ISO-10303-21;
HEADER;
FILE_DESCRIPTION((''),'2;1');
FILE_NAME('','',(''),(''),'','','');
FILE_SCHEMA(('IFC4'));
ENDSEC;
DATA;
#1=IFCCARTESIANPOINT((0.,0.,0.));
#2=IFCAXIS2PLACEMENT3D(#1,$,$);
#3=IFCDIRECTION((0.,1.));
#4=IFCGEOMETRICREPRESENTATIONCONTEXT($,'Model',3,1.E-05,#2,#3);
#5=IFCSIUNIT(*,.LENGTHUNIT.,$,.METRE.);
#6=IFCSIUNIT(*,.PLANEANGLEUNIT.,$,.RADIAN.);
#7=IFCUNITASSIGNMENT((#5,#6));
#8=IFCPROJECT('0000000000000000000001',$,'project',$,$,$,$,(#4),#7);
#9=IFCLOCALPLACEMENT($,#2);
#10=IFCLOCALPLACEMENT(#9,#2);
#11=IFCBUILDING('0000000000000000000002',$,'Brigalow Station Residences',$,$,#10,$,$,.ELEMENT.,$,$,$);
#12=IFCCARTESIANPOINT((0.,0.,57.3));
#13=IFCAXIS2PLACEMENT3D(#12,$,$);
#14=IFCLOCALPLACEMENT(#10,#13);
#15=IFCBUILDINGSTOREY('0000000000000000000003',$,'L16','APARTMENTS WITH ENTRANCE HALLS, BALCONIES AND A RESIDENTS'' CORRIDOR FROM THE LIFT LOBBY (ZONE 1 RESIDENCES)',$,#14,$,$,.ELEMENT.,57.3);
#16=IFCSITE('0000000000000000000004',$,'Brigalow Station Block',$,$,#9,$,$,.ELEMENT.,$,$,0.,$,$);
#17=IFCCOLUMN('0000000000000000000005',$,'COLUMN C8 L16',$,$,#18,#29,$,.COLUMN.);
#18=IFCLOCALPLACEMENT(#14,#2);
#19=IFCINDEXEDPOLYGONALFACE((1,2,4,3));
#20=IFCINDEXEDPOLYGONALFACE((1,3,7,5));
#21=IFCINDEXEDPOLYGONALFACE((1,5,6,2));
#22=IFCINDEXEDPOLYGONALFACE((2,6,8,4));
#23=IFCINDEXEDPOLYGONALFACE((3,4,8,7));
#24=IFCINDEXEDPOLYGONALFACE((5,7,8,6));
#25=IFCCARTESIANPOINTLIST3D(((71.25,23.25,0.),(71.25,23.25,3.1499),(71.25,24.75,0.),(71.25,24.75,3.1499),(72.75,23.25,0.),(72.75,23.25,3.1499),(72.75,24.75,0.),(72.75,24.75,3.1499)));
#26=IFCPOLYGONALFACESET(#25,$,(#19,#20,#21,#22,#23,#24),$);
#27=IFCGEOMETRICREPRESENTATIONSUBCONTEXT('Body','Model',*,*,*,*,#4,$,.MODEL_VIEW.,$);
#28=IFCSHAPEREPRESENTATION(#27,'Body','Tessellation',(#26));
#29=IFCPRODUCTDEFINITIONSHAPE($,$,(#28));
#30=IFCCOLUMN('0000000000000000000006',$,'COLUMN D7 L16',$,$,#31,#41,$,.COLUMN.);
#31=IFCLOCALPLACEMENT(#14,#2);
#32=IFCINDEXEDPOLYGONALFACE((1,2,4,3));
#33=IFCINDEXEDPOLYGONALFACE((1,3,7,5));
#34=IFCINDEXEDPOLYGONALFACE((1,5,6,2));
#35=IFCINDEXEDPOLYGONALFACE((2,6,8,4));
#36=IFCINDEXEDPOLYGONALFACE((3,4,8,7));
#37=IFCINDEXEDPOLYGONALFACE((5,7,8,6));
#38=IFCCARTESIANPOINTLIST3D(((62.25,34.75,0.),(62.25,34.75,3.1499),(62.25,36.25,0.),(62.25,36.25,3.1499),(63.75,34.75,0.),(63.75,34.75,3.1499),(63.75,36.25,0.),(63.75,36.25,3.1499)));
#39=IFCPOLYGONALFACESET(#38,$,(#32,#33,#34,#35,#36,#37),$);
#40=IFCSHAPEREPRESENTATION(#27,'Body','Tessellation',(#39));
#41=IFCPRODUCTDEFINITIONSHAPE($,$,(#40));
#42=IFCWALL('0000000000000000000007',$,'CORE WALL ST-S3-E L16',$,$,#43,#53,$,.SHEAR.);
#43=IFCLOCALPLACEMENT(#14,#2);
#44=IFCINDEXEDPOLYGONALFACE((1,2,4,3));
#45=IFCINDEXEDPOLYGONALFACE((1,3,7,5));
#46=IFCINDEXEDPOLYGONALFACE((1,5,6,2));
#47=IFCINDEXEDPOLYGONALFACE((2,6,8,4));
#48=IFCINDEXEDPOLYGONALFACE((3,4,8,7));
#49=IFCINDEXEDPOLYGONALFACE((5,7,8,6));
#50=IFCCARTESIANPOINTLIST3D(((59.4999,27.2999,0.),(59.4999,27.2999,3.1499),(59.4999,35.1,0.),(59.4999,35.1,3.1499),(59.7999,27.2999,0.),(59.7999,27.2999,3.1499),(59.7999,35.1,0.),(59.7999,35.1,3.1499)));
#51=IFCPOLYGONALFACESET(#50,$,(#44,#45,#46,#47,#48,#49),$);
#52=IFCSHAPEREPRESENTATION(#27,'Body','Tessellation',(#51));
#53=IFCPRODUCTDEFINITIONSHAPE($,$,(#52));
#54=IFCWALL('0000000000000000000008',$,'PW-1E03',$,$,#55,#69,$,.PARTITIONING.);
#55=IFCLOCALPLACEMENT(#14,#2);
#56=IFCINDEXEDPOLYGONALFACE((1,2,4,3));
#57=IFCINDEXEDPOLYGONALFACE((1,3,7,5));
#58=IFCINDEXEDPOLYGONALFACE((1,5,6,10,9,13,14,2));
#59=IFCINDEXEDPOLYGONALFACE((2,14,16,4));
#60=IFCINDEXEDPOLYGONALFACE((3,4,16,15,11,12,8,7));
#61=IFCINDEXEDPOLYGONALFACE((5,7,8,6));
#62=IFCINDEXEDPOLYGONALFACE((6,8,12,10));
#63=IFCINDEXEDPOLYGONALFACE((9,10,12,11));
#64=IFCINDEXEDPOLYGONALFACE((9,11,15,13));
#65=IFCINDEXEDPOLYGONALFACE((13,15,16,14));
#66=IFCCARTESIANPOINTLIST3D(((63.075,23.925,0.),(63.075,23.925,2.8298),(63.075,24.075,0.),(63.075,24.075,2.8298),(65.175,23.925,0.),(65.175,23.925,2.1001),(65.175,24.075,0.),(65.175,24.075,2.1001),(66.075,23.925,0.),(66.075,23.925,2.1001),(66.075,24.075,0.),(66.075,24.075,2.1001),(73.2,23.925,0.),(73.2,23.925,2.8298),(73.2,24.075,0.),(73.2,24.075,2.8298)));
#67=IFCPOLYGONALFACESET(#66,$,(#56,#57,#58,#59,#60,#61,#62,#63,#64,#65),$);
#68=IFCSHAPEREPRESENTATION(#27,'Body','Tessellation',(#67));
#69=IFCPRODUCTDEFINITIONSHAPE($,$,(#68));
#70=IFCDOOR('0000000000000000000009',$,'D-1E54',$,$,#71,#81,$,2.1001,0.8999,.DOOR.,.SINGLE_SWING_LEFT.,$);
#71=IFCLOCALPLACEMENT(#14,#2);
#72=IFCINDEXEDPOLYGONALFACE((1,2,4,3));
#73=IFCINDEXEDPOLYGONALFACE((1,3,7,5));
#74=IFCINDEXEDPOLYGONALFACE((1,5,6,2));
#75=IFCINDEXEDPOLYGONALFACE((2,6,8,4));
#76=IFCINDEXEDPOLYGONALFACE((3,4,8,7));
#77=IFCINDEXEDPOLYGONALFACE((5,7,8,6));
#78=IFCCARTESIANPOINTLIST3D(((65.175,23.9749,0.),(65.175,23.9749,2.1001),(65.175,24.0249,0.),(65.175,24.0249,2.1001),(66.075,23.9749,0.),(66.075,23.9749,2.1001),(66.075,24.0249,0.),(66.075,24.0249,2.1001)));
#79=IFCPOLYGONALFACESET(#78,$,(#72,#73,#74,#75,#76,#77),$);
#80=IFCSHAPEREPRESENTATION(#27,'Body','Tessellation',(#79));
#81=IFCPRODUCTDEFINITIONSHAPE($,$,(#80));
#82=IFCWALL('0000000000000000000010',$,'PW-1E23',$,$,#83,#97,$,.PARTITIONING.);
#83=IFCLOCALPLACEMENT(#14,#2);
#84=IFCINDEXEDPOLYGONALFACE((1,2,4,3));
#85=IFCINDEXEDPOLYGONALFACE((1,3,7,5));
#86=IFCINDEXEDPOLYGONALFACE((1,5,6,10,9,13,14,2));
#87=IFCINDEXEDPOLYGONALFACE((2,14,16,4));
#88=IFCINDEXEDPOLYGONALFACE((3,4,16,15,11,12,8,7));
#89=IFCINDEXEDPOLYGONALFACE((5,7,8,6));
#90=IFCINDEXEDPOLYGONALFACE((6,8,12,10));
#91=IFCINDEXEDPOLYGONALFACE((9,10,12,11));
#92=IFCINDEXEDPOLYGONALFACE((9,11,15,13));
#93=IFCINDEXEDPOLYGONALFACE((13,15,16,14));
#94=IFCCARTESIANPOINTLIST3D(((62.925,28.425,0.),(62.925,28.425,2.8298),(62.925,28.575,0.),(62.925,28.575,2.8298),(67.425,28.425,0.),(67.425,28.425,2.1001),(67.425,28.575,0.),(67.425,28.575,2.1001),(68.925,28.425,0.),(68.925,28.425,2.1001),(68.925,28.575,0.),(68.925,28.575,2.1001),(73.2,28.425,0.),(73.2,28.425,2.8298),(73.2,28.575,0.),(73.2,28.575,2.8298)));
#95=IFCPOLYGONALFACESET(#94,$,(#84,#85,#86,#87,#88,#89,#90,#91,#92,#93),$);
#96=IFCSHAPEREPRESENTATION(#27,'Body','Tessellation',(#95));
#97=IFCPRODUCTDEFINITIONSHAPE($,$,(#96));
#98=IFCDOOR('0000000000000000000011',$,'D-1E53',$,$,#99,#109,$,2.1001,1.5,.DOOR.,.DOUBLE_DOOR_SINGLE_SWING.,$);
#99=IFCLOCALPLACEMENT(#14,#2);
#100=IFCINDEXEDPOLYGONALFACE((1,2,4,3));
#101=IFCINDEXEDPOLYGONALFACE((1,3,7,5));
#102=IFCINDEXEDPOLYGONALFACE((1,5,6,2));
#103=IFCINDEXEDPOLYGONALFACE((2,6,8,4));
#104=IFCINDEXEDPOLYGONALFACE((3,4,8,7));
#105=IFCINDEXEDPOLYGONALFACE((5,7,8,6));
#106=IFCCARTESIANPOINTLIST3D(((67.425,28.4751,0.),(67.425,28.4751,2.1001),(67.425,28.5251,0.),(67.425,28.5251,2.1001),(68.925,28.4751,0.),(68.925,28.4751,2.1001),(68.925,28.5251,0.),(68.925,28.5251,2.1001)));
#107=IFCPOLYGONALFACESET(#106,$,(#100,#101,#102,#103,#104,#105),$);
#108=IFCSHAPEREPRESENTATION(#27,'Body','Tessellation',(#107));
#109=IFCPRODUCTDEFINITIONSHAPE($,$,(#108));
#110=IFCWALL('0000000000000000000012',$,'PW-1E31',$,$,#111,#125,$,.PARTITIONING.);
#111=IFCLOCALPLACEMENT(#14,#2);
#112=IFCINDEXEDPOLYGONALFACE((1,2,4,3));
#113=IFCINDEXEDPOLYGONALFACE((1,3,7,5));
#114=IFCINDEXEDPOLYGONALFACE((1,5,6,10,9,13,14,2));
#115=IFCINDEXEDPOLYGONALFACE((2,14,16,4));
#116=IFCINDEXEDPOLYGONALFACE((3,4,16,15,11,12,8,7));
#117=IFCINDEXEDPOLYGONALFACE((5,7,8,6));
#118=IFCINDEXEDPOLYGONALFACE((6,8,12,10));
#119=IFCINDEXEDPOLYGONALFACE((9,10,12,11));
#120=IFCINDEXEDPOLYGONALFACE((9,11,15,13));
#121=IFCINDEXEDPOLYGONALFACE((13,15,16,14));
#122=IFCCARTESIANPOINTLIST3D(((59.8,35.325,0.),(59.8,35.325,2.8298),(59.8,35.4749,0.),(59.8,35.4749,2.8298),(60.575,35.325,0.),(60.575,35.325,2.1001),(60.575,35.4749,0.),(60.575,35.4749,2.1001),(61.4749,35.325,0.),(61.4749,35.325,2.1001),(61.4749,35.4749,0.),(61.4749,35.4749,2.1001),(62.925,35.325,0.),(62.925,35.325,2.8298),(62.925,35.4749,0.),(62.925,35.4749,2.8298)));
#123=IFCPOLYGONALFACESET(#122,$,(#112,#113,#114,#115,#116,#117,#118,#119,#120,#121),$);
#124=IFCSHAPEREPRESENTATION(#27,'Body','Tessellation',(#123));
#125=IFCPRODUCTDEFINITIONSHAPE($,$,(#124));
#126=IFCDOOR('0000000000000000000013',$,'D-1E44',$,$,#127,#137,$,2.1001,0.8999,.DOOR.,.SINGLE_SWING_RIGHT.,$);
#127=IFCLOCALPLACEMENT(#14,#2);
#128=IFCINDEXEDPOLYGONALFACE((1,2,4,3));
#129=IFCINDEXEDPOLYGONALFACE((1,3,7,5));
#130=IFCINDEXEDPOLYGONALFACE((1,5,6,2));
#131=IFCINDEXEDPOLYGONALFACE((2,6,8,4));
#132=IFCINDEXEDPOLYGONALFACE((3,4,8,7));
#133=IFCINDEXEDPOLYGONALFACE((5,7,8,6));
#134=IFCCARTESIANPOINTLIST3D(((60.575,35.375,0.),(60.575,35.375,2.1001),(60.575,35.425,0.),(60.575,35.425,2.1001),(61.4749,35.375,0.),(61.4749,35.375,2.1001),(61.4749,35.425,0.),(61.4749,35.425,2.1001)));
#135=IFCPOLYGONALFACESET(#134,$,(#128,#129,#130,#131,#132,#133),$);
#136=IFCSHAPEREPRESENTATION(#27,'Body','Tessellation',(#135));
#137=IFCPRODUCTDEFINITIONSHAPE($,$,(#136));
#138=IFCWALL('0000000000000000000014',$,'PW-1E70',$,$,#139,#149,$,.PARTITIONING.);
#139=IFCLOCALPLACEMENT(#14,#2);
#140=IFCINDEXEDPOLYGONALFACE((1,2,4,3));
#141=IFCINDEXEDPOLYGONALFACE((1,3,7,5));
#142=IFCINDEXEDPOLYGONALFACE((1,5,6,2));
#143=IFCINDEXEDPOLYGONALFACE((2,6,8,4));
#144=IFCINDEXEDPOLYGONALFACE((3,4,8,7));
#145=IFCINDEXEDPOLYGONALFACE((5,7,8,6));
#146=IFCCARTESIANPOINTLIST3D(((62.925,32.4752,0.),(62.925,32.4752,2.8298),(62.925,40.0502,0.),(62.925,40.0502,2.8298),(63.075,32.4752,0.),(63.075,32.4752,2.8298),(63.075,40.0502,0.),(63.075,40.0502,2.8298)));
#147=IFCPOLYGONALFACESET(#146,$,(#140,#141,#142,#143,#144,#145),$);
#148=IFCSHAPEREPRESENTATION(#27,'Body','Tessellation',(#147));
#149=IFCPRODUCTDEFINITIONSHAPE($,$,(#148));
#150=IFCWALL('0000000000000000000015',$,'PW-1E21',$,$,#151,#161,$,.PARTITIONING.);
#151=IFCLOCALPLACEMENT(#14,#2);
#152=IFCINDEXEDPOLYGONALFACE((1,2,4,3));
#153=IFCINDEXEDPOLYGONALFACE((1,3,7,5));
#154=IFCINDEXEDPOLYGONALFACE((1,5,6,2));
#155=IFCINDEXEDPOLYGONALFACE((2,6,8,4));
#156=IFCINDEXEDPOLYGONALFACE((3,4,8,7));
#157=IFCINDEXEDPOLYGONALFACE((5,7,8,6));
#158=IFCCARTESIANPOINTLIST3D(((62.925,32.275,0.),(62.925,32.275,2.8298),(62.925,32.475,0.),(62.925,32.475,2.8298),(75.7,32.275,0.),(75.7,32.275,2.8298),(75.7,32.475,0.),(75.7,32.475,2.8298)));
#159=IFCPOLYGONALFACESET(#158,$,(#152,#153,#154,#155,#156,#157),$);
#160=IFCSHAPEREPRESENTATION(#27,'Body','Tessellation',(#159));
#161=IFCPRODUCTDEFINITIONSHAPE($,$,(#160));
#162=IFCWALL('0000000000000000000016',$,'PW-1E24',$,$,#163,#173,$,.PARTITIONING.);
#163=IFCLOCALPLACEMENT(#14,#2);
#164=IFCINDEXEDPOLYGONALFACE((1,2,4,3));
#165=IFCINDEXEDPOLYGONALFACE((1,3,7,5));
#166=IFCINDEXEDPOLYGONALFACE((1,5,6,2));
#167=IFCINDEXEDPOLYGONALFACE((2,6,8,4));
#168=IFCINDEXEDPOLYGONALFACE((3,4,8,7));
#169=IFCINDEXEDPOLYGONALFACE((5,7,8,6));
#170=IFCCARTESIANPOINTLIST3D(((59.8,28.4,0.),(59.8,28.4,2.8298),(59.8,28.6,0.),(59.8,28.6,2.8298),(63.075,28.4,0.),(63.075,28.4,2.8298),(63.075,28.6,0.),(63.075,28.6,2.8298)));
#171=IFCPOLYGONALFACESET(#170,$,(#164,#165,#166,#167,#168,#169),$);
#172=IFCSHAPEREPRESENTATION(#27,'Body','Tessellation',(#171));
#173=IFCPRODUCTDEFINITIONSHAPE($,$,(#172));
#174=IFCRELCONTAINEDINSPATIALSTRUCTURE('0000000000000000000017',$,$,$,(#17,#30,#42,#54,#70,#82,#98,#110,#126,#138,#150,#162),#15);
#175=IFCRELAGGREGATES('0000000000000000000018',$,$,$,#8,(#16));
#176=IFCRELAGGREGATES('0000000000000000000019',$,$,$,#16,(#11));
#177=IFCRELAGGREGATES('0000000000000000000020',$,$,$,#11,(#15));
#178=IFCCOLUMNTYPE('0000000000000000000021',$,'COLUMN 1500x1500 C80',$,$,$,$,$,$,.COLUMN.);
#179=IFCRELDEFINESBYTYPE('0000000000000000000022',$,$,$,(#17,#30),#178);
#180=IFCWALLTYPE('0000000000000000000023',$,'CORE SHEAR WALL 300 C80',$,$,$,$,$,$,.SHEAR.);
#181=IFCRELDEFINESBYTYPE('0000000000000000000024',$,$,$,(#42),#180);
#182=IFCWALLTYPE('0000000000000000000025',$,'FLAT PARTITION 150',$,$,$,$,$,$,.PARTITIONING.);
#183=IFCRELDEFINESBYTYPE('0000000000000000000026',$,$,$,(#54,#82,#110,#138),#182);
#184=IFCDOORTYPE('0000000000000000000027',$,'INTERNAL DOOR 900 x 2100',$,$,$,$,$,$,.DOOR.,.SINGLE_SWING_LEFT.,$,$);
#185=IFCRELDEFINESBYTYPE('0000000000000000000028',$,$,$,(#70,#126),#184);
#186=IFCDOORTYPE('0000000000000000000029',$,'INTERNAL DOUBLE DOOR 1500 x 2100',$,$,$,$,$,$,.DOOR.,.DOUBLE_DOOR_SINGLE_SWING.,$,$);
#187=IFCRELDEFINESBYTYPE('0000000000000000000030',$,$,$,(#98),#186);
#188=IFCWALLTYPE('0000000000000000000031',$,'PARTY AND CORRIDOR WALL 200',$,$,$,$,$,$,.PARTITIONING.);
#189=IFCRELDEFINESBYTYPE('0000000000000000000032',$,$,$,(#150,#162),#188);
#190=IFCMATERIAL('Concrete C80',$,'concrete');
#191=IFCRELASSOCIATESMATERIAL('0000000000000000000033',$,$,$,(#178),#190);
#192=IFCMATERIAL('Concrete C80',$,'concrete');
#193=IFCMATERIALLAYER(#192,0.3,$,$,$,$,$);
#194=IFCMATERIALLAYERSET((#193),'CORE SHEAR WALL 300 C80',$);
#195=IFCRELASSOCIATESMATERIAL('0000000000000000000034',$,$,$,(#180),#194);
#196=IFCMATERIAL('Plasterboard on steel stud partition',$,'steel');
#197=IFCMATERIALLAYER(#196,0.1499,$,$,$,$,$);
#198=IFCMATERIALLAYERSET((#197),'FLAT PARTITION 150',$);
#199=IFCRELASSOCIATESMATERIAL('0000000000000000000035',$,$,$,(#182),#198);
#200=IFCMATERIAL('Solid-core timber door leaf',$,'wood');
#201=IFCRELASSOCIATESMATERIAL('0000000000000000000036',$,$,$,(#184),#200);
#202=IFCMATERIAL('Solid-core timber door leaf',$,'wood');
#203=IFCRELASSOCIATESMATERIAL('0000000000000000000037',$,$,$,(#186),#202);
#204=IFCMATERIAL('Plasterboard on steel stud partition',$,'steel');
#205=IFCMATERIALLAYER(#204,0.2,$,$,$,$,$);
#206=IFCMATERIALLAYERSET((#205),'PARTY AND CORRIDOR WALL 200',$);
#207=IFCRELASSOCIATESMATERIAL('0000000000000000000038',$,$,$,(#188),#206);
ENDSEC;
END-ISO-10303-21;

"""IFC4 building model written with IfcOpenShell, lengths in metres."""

from ifc_helpers import new_model, si_unit, direction, frame, frame_2d, origin, origin_2d, place, context, subcontext, project, spatial, rectangle, extrude, material, layer, layer_set, material_profile, profile_set, type_object, element, fill, save


model = new_model("IFC4")

# Units and contexts
model_context = context("Model", 3, precision=1e-05, world=origin(), true_north=direction((0.0, 1.0)))
body_context = subcontext(model_context, "Body", "Model", "MODEL_VIEW")
ifc_project = project(units=[si_unit("LENGTHUNIT", "METRE"), si_unit("PLANEANGLEUNIT", "RADIAN")], contexts=[model_context])

# Site, building, storey
site_placement = place(None, origin())
site = spatial("IfcSite", under=ifc_project, at=site_placement, Name="Brigalow Station Block", CompositionType="ELEMENT", RefElevation=0.0)
building_placement = place(site_placement, origin())
building = spatial("IfcBuilding", under=site, at=building_placement, Name="Brigalow Station Residences", CompositionType="ELEMENT")
storey_placement = place(building_placement, frame((0.0, 0.0, 57.3)))
storey = spatial("IfcBuildingStorey", under=building, at=storey_placement, Name="L16", Description="APARTMENTS WITH ENTRANCE HALLS, BALCONIES AND A RESIDENTS' CORRIDOR FROM THE LIFT LOBBY (ZONE 1 RESIDENCES)", CompositionType="ELEMENT", Elevation=57.3)

# Columns
ifc_material_1 = material(Name="Concrete C80", Category="concrete")
ifc_material_profile = material_profile(ifc_material_1, rectangle(XDim=1.5, YDim=1.5, at=origin_2d()), Name="RC1500x1500")
ifc_profile_set = profile_set([ifc_material_profile], Name="Concrete C80")
column_type = type_object("IfcColumnType", Name="COLUMN 1500x1500 C80", PredefinedType="COLUMN", material=ifc_profile_set)
for number, where, z_axis, x_axis, name in (
    (1, (72.0, 24.0, 0.0), (0.0, 0.0, 1.0), (1.0, 0.0, 0.0), "COLUMN C8 L16"),
    (2, (63.0, 35.5, 0.0), (0.0, 0.0, 1.0), (1.0, 0.0, 0.0), "COLUMN D7 L16"),
):
    element("IfcColumn", number, at=place(storey_placement, frame(where, z_axis=z_axis, x_axis=x_axis)), inside=storey, type_object=column_type, Name=name, PredefinedType="COLUMN", context=body_context, shape_type="SweptSolid", body=[
        extrude(rectangle(XDim=1.5, YDim=1.5, at=origin_2d()), origin(), (0.0, 0.0, 1.0), 3.1499),
    ])

# Wall
ifc_material_2 = material(Name="Concrete C80", Category="concrete")
ifc_layer_1 = layer(ifc_material_2, 0.3)
ifc_layer_set_1 = layer_set([ifc_layer_1], Name="CORE SHEAR WALL 300 C80")
wall_type_1 = type_object("IfcWallType", Name="CORE SHEAR WALL 300 C80", PredefinedType="SHEAR", material=ifc_layer_set_1)
wall_1_placement = place(storey_placement, frame((59.6499, 27.3, 0.0), z_axis=(0.0, 0.0, 1.0), x_axis=(0.0, 1.0, 0.0)))
element("IfcWall", 3, at=wall_1_placement, inside=storey, type_object=wall_type_1, Name="CORE WALL ST-S3-E L16", PredefinedType="SHEAR", context=body_context, shape_type="SweptSolid", body=[
    extrude(rectangle(XDim=7.8, YDim=0.3, at=frame_2d((3.8999, 0.0))), origin(), (0.0, 0.0, 1.0), 3.1499),
])

# Walls, openings, doors
ifc_material_3 = material(Name="Plasterboard on steel stud partition", Category="steel")
ifc_layer_2 = layer(ifc_material_3, 0.1499)
ifc_layer_set_2 = layer_set([ifc_layer_2], Name="FLAT PARTITION 150")
wall_type_2 = type_object("IfcWallType", Name="FLAT PARTITION 150", PredefinedType="PARTITIONING", material=ifc_layer_set_2)
wall_2_placement = place(storey_placement, frame((63.075, 24.0, 0.0), z_axis=(0.0, 0.0, 1.0), x_axis=(1.0, 0.0, 0.0)))
wall_2 = element("IfcWall", 4, at=wall_2_placement, inside=storey, type_object=wall_type_2, Name="PW-1E03", PredefinedType="PARTITIONING", context=body_context, shape_type="SweptSolid", body=[
    extrude(rectangle(XDim=10.125, YDim=0.1499, at=frame_2d((5.0625, 0.0))), origin(), (0.0, 0.0, 1.0), 2.8298),
])
opening_1_placement = place(wall_2_placement, frame((2.1001, 0.0, 0.0)))
opening_1 = element("IfcOpeningElement", 5, at=opening_1_placement, cuts=wall_2, PredefinedType="OPENING", context=body_context, shape_type="SweptSolid", body=[
    extrude(rectangle(XDim=0.8999, YDim=2.1001, at=frame_2d((0.45, 1.05))), frame((0.0, 0.085, 0.0), z_axis=(0.0, -1.0, 0.0), x_axis=(1.0, 0.0, 0.0)), (0.0, 0.0, 1.0), 0.1699),
])
ifc_material_4 = material(Name="Solid-core timber door leaf", Category="wood")
door_type_1 = type_object("IfcDoorType", Name="INTERNAL DOOR 900 x 2100", OperationType="SINGLE_SWING_LEFT", PredefinedType="DOOR", material=ifc_material_4)
door_1_placement = place(opening_1_placement, origin())
door_1 = element("IfcDoor", 6, at=door_1_placement, inside=storey, type_object=door_type_1, Name="D-1E54", OperationType="SINGLE_SWING_LEFT", OverallHeight=2.1001, OverallWidth=0.8999, PredefinedType="DOOR", context=body_context, shape_type="SweptSolid", body=[
    extrude(rectangle(XDim=0.8999, YDim=2.1001, at=frame_2d((0.45, 1.05))), frame((0.0, 0.0249, 0.0), z_axis=(0.0, -1.0, 0.0), x_axis=(1.0, 0.0, 0.0)), (0.0, 0.0, 1.0), 0.05),
])
fill(opening_1, door_1)
wall_3_placement = place(storey_placement, frame((62.925, 28.5, 0.0), z_axis=(0.0, 0.0, 1.0), x_axis=(1.0, 0.0, 0.0)))
wall_3 = element("IfcWall", 7, at=wall_3_placement, inside=storey, type_object=wall_type_2, Name="PW-1E23", PredefinedType="PARTITIONING", context=body_context, shape_type="SweptSolid", body=[
    extrude(rectangle(XDim=10.2749, YDim=0.1499, at=frame_2d((5.1375, 0.0))), origin(), (0.0, 0.0, 1.0), 2.8298),
])
opening_2_placement = place(wall_3_placement, frame((4.5, 0.0, 0.0)))
opening_2 = element("IfcOpeningElement", 8, at=opening_2_placement, cuts=wall_3, PredefinedType="OPENING", context=body_context, shape_type="SweptSolid", body=[
    extrude(rectangle(XDim=1.5, YDim=2.1001, at=frame_2d((0.75, 1.05))), frame((0.0, 0.085, 0.0), z_axis=(0.0, -1.0, 0.0), x_axis=(1.0, 0.0, 0.0)), (0.0, 0.0, 1.0), 0.1699),
])
ifc_material_5 = material(Name="Solid-core timber door leaf", Category="wood")
door_type_2 = type_object("IfcDoorType", Name="INTERNAL DOUBLE DOOR 1500 x 2100", OperationType="DOUBLE_DOOR_SINGLE_SWING", PredefinedType="DOOR", material=ifc_material_5)
door_2_placement = place(opening_2_placement, frame((1.5, 0.0, 0.0), z_axis=(0.0, 0.0, 1.0), x_axis=(-1.0, 0.0, 0.0)))
door_2 = element("IfcDoor", 9, at=door_2_placement, inside=storey, type_object=door_type_2, Name="D-1E53", OperationType="DOUBLE_DOOR_SINGLE_SWING", OverallHeight=2.1001, OverallWidth=1.5, PredefinedType="DOOR", context=body_context, shape_type="SweptSolid", body=[
    extrude(rectangle(XDim=1.5, YDim=2.1001, at=frame_2d((0.75, 1.05))), frame((0.0, 0.0249, 0.0), z_axis=(0.0, -1.0, 0.0), x_axis=(1.0, 0.0, 0.0)), (0.0, 0.0, 1.0), 0.05),
])
fill(opening_2, door_2)
wall_4_placement = place(storey_placement, frame((59.8, 35.3999, 0.0), z_axis=(0.0, 0.0, 1.0), x_axis=(1.0, 0.0, 0.0)))
wall_4 = element("IfcWall", 10, at=wall_4_placement, inside=storey, type_object=wall_type_2, Name="PW-1E31", PredefinedType="PARTITIONING", context=body_context, shape_type="SweptSolid", body=[
    extrude(rectangle(XDim=3.125, YDim=0.1499, at=frame_2d((1.5625, 0.0))), origin(), (0.0, 0.0, 1.0), 2.8298),
])
opening_3_placement = place(wall_4_placement, frame((0.7749, 0.0, 0.0)))
opening_3 = element("IfcOpeningElement", 11, at=opening_3_placement, cuts=wall_4, PredefinedType="OPENING", context=body_context, shape_type="SweptSolid", body=[
    extrude(rectangle(XDim=0.8999, YDim=2.1001, at=frame_2d((0.45, 1.05))), frame((0.0, 0.085, 0.0), z_axis=(0.0, -1.0, 0.0), x_axis=(1.0, 0.0, 0.0)), (0.0, 0.0, 1.0), 0.1699),
])
door_3_placement = place(opening_3_placement, frame((0.8999, 0.0, 0.0), z_axis=(0.0, 0.0, 1.0), x_axis=(-1.0, 0.0, 0.0)))
door_3 = element("IfcDoor", 12, at=door_3_placement, inside=storey, type_object=door_type_1, Name="D-1E44", OperationType="SINGLE_SWING_RIGHT", OverallHeight=2.1001, OverallWidth=0.8999, PredefinedType="DOOR", context=body_context, shape_type="SweptSolid", body=[
    extrude(rectangle(XDim=0.8999, YDim=2.1001, at=frame_2d((0.45, 1.05))), frame((0.0, 0.0249, 0.0), z_axis=(0.0, -1.0, 0.0), x_axis=(1.0, 0.0, 0.0)), (0.0, 0.0, 1.0), 0.05),
])
fill(opening_3, door_3)

# Walls
wall_5_placement = place(storey_placement, frame((63.0, 32.4751, 0.0), z_axis=(0.0, 0.0, 1.0), x_axis=(0.0, 1.0, 0.0)))
element("IfcWall", 13, at=wall_5_placement, inside=storey, type_object=wall_type_2, Name="PW-1E70", PredefinedType="PARTITIONING", context=body_context, shape_type="SweptSolid", body=[
    extrude(rectangle(XDim=7.575, YDim=0.1499, at=frame_2d((3.7876, 0.0))), origin(), (0.0, 0.0, 1.0), 2.8298),
])
ifc_material_6 = material(Name="Plasterboard on steel stud partition", Category="steel")
ifc_layer_3 = layer(ifc_material_6, 0.2)
ifc_layer_set_3 = layer_set([ifc_layer_3], Name="PARTY AND CORRIDOR WALL 200")
wall_type_3 = type_object("IfcWallType", Name="PARTY AND CORRIDOR WALL 200", PredefinedType="PARTITIONING", material=ifc_layer_set_3)
wall_6_placement = place(storey_placement, frame((62.925, 32.375, 0.0), z_axis=(0.0, 0.0, 1.0), x_axis=(1.0, 0.0, 0.0)))
element("IfcWall", 14, at=wall_6_placement, inside=storey, type_object=wall_type_3, Name="PW-1E21", PredefinedType="PARTITIONING", context=body_context, shape_type="SweptSolid", body=[
    extrude(rectangle(XDim=12.7749, YDim=0.2, at=frame_2d((6.3875, 0.0))), origin(), (0.0, 0.0, 1.0), 2.8298),
])
wall_7_placement = place(storey_placement, frame((59.8, 28.5, 0.0), z_axis=(0.0, 0.0, 1.0), x_axis=(1.0, 0.0, 0.0)))
element("IfcWall", 15, at=wall_7_placement, inside=storey, type_object=wall_type_3, Name="PW-1E24", PredefinedType="PARTITIONING", context=body_context, shape_type="SweptSolid", body=[
    extrude(rectangle(XDim=3.2749, YDim=0.2, at=frame_2d((1.6375, 0.0))), origin(), (0.0, 0.0, 1.0), 2.8298),
])

save(model, "model.ifc")
